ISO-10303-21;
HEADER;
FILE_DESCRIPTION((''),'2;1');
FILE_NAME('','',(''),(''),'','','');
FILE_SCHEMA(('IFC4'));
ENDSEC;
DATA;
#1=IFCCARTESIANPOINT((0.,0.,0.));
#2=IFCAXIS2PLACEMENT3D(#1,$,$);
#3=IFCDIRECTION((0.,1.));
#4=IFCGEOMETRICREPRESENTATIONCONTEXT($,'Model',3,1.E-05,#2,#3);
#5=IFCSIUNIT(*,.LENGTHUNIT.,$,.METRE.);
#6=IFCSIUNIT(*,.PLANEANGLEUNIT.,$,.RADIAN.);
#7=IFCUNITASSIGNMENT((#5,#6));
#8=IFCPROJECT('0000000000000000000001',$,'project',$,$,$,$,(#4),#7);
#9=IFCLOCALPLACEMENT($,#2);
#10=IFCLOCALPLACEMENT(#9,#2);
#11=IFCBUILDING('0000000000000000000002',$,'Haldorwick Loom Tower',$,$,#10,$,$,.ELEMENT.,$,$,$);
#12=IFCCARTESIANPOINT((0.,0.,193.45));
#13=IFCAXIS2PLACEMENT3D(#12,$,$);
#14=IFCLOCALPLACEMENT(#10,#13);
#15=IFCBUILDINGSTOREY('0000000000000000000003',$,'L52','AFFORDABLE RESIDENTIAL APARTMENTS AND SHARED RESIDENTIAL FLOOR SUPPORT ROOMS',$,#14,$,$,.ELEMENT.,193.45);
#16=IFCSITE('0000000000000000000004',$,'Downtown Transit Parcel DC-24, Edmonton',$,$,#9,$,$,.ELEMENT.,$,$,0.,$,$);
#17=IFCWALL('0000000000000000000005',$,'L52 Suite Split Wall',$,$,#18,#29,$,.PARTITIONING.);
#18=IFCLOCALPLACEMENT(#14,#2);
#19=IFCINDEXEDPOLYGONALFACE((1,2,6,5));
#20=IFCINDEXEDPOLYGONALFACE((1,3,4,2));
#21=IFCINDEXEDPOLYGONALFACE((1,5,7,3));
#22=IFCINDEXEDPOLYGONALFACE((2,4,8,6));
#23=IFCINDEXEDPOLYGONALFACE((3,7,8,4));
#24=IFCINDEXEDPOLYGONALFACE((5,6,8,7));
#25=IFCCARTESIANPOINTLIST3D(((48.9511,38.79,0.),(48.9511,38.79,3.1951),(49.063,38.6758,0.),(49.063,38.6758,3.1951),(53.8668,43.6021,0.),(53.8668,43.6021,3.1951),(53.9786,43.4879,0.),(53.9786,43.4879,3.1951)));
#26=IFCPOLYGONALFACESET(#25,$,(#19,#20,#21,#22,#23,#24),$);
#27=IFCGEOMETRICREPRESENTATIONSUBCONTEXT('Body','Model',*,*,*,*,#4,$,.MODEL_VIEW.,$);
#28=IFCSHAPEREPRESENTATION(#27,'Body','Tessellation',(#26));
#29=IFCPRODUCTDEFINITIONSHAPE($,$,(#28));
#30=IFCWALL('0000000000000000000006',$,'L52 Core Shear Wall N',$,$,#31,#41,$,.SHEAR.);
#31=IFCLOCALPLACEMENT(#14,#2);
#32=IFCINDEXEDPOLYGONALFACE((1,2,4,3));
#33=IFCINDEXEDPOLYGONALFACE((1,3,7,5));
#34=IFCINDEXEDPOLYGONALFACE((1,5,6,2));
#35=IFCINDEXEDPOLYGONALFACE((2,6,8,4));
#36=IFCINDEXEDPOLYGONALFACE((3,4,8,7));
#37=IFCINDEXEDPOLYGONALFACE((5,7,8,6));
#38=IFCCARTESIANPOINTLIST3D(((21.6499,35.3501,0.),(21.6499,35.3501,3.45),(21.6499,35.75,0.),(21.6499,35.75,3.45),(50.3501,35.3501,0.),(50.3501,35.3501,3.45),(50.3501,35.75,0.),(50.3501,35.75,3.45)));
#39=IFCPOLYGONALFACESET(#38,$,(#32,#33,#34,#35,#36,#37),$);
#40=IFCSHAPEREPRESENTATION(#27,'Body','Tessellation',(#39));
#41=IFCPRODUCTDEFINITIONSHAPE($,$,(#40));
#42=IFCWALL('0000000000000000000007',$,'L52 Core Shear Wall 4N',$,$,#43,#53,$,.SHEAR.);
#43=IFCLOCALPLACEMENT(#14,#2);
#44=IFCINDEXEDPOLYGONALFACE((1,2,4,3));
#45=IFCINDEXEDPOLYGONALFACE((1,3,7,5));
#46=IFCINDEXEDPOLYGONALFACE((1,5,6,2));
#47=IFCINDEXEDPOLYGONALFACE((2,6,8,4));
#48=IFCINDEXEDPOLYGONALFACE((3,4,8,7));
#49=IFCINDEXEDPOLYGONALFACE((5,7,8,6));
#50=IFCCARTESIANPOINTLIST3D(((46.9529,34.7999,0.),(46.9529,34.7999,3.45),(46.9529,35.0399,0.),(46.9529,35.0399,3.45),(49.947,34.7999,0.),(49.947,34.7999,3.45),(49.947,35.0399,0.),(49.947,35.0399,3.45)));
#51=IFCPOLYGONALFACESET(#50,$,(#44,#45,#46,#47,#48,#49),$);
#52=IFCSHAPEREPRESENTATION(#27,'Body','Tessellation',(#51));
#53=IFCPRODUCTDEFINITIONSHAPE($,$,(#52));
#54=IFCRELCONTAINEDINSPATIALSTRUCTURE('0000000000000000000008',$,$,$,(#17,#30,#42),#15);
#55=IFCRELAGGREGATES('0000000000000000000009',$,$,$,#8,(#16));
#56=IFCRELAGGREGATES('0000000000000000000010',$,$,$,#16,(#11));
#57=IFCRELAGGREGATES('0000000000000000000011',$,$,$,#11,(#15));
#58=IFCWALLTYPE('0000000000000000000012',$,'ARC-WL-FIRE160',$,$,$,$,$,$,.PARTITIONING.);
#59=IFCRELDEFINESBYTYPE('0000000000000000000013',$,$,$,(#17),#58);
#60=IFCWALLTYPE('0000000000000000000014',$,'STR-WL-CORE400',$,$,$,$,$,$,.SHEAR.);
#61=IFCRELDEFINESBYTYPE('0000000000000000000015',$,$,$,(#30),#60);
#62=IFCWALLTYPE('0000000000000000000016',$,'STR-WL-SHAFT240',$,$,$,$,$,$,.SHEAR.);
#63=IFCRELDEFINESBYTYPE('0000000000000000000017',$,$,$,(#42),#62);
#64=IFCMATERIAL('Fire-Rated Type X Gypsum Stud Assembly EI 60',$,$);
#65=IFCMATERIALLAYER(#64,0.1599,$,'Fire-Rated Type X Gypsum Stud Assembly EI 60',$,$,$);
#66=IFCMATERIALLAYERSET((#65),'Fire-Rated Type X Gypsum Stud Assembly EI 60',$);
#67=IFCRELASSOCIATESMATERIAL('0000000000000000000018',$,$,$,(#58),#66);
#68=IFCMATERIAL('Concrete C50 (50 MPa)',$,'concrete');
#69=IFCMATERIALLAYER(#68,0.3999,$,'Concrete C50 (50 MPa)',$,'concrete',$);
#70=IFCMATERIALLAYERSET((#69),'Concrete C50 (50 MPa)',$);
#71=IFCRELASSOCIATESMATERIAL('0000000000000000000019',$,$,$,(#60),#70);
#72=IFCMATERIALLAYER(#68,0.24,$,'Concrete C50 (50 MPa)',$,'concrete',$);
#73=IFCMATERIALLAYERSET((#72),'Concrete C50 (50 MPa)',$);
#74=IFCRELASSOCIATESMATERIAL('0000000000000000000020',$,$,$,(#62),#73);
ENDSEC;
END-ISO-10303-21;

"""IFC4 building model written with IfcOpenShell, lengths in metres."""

from ifc_helpers import new_model, si_unit, direction, frame, frame_2d, origin, place, context, subcontext, project, spatial, rectangle, extrude, material, layer, layer_set, type_object, element, save


model = new_model("IFC4")

# Units and contexts
model_context = context("Model", 3, precision=1e-05, world=origin(), true_north=direction((0.0, 1.0)))
body_context = subcontext(model_context, "Body", "Model", "MODEL_VIEW")
ifc_project = project(units=[si_unit("LENGTHUNIT", "METRE"), si_unit("PLANEANGLEUNIT", "RADIAN")], contexts=[model_context])

# Site, building, storey
site_placement = place(None, origin())
site = spatial("IfcSite", under=ifc_project, at=site_placement, Name="Downtown Transit Parcel DC-24, Edmonton", CompositionType="ELEMENT", RefElevation=0.0)
building_placement = place(site_placement, origin())
building = spatial("IfcBuilding", under=site, at=building_placement, Name="Haldorwick Loom Tower", CompositionType="ELEMENT")
storey_placement = place(building_placement, frame((0.0, 0.0, 193.45)))
storey = spatial("IfcBuildingStorey", under=building, at=storey_placement, Name="L52", Description="AFFORDABLE RESIDENTIAL APARTMENTS AND SHARED RESIDENTIAL FLOOR SUPPORT ROOMS", CompositionType="ELEMENT", Elevation=193.45)

# Shared definitions
ifc_material_1 = material(Name="Fire-Rated Type X Gypsum Stud Assembly EI 60")
ifc_layer_1 = layer(ifc_material_1, 0.1599, Name="Fire-Rated Type X Gypsum Stud Assembly EI 60")
ifc_layer_set_1 = layer_set([ifc_layer_1], Name="Fire-Rated Type X Gypsum Stud Assembly EI 60")
wall_type_1 = type_object("IfcWallType", Name="ARC-WL-FIRE160", PredefinedType="PARTITIONING", material=ifc_layer_set_1)

# Walls
wall_1_placement = place(storey_placement, frame((49.0071, 38.7329, 0.0), z_axis=(0.0, 0.0, 1.0), x_axis=(0.714591, 0.699542, 0.0)))
element("IfcWall", 1, at=wall_1_placement, inside=storey, type_object=wall_type_1, Name="L52 Suite Split Wall", PredefinedType="PARTITIONING", context=body_context, shape_type="SweptSolid", body=[
    extrude(rectangle(XDim=6.8789, YDim=0.1599, at=frame_2d((3.4395, 0.0))), origin(), (0.0, 0.0, 1.0), 3.1951),
])
ifc_material_2 = material(Name="Concrete C50 (50 MPa)", Category="concrete")
ifc_layer_2 = layer(ifc_material_2, 0.3999, Name="Concrete C50 (50 MPa)", Category="concrete")
ifc_layer_set_2 = layer_set([ifc_layer_2], Name="Concrete C50 (50 MPa)")
wall_type_2 = type_object("IfcWallType", Name="STR-WL-CORE400", PredefinedType="SHEAR", material=ifc_layer_set_2)
wall_2_placement = place(storey_placement, frame((50.3501, 35.55, 0.0), z_axis=(0.0, 0.0, 1.0), x_axis=(-1.0, 0.0, 0.0)))
element("IfcWall", 2, at=wall_2_placement, inside=storey, type_object=wall_type_2, Name="L52 Core Shear Wall N", PredefinedType="SHEAR", context=body_context, shape_type="SweptSolid", body=[
    extrude(rectangle(XDim=28.7002, YDim=0.3999, at=frame_2d((14.3501, 0.0))), origin(), (0.0, 0.0, 1.0), 3.45),
])
ifc_layer_3 = layer(ifc_material_2, 0.24, Name="Concrete C50 (50 MPa)", Category="concrete")
ifc_layer_set_3 = layer_set([ifc_layer_3], Name="Concrete C50 (50 MPa)")
wall_type_3 = type_object("IfcWallType", Name="STR-WL-SHAFT240", PredefinedType="SHEAR", material=ifc_layer_set_3)
wall_3_placement = place(storey_placement, frame((46.9529, 34.9199, 0.0), z_axis=(0.0, 0.0, 1.0), x_axis=(1.0, 0.0, 0.0)))
element("IfcWall", 3, at=wall_3_placement, inside=storey, type_object=wall_type_3, Name="L52 Core Shear Wall 4N", PredefinedType="SHEAR", context=body_context, shape_type="SweptSolid", body=[
    extrude(rectangle(XDim=2.9941, YDim=0.24, at=frame_2d((1.4971, 0.0))), origin(), (0.0, 0.0, 1.0), 3.45),
])

save(model, "model.ifc")
